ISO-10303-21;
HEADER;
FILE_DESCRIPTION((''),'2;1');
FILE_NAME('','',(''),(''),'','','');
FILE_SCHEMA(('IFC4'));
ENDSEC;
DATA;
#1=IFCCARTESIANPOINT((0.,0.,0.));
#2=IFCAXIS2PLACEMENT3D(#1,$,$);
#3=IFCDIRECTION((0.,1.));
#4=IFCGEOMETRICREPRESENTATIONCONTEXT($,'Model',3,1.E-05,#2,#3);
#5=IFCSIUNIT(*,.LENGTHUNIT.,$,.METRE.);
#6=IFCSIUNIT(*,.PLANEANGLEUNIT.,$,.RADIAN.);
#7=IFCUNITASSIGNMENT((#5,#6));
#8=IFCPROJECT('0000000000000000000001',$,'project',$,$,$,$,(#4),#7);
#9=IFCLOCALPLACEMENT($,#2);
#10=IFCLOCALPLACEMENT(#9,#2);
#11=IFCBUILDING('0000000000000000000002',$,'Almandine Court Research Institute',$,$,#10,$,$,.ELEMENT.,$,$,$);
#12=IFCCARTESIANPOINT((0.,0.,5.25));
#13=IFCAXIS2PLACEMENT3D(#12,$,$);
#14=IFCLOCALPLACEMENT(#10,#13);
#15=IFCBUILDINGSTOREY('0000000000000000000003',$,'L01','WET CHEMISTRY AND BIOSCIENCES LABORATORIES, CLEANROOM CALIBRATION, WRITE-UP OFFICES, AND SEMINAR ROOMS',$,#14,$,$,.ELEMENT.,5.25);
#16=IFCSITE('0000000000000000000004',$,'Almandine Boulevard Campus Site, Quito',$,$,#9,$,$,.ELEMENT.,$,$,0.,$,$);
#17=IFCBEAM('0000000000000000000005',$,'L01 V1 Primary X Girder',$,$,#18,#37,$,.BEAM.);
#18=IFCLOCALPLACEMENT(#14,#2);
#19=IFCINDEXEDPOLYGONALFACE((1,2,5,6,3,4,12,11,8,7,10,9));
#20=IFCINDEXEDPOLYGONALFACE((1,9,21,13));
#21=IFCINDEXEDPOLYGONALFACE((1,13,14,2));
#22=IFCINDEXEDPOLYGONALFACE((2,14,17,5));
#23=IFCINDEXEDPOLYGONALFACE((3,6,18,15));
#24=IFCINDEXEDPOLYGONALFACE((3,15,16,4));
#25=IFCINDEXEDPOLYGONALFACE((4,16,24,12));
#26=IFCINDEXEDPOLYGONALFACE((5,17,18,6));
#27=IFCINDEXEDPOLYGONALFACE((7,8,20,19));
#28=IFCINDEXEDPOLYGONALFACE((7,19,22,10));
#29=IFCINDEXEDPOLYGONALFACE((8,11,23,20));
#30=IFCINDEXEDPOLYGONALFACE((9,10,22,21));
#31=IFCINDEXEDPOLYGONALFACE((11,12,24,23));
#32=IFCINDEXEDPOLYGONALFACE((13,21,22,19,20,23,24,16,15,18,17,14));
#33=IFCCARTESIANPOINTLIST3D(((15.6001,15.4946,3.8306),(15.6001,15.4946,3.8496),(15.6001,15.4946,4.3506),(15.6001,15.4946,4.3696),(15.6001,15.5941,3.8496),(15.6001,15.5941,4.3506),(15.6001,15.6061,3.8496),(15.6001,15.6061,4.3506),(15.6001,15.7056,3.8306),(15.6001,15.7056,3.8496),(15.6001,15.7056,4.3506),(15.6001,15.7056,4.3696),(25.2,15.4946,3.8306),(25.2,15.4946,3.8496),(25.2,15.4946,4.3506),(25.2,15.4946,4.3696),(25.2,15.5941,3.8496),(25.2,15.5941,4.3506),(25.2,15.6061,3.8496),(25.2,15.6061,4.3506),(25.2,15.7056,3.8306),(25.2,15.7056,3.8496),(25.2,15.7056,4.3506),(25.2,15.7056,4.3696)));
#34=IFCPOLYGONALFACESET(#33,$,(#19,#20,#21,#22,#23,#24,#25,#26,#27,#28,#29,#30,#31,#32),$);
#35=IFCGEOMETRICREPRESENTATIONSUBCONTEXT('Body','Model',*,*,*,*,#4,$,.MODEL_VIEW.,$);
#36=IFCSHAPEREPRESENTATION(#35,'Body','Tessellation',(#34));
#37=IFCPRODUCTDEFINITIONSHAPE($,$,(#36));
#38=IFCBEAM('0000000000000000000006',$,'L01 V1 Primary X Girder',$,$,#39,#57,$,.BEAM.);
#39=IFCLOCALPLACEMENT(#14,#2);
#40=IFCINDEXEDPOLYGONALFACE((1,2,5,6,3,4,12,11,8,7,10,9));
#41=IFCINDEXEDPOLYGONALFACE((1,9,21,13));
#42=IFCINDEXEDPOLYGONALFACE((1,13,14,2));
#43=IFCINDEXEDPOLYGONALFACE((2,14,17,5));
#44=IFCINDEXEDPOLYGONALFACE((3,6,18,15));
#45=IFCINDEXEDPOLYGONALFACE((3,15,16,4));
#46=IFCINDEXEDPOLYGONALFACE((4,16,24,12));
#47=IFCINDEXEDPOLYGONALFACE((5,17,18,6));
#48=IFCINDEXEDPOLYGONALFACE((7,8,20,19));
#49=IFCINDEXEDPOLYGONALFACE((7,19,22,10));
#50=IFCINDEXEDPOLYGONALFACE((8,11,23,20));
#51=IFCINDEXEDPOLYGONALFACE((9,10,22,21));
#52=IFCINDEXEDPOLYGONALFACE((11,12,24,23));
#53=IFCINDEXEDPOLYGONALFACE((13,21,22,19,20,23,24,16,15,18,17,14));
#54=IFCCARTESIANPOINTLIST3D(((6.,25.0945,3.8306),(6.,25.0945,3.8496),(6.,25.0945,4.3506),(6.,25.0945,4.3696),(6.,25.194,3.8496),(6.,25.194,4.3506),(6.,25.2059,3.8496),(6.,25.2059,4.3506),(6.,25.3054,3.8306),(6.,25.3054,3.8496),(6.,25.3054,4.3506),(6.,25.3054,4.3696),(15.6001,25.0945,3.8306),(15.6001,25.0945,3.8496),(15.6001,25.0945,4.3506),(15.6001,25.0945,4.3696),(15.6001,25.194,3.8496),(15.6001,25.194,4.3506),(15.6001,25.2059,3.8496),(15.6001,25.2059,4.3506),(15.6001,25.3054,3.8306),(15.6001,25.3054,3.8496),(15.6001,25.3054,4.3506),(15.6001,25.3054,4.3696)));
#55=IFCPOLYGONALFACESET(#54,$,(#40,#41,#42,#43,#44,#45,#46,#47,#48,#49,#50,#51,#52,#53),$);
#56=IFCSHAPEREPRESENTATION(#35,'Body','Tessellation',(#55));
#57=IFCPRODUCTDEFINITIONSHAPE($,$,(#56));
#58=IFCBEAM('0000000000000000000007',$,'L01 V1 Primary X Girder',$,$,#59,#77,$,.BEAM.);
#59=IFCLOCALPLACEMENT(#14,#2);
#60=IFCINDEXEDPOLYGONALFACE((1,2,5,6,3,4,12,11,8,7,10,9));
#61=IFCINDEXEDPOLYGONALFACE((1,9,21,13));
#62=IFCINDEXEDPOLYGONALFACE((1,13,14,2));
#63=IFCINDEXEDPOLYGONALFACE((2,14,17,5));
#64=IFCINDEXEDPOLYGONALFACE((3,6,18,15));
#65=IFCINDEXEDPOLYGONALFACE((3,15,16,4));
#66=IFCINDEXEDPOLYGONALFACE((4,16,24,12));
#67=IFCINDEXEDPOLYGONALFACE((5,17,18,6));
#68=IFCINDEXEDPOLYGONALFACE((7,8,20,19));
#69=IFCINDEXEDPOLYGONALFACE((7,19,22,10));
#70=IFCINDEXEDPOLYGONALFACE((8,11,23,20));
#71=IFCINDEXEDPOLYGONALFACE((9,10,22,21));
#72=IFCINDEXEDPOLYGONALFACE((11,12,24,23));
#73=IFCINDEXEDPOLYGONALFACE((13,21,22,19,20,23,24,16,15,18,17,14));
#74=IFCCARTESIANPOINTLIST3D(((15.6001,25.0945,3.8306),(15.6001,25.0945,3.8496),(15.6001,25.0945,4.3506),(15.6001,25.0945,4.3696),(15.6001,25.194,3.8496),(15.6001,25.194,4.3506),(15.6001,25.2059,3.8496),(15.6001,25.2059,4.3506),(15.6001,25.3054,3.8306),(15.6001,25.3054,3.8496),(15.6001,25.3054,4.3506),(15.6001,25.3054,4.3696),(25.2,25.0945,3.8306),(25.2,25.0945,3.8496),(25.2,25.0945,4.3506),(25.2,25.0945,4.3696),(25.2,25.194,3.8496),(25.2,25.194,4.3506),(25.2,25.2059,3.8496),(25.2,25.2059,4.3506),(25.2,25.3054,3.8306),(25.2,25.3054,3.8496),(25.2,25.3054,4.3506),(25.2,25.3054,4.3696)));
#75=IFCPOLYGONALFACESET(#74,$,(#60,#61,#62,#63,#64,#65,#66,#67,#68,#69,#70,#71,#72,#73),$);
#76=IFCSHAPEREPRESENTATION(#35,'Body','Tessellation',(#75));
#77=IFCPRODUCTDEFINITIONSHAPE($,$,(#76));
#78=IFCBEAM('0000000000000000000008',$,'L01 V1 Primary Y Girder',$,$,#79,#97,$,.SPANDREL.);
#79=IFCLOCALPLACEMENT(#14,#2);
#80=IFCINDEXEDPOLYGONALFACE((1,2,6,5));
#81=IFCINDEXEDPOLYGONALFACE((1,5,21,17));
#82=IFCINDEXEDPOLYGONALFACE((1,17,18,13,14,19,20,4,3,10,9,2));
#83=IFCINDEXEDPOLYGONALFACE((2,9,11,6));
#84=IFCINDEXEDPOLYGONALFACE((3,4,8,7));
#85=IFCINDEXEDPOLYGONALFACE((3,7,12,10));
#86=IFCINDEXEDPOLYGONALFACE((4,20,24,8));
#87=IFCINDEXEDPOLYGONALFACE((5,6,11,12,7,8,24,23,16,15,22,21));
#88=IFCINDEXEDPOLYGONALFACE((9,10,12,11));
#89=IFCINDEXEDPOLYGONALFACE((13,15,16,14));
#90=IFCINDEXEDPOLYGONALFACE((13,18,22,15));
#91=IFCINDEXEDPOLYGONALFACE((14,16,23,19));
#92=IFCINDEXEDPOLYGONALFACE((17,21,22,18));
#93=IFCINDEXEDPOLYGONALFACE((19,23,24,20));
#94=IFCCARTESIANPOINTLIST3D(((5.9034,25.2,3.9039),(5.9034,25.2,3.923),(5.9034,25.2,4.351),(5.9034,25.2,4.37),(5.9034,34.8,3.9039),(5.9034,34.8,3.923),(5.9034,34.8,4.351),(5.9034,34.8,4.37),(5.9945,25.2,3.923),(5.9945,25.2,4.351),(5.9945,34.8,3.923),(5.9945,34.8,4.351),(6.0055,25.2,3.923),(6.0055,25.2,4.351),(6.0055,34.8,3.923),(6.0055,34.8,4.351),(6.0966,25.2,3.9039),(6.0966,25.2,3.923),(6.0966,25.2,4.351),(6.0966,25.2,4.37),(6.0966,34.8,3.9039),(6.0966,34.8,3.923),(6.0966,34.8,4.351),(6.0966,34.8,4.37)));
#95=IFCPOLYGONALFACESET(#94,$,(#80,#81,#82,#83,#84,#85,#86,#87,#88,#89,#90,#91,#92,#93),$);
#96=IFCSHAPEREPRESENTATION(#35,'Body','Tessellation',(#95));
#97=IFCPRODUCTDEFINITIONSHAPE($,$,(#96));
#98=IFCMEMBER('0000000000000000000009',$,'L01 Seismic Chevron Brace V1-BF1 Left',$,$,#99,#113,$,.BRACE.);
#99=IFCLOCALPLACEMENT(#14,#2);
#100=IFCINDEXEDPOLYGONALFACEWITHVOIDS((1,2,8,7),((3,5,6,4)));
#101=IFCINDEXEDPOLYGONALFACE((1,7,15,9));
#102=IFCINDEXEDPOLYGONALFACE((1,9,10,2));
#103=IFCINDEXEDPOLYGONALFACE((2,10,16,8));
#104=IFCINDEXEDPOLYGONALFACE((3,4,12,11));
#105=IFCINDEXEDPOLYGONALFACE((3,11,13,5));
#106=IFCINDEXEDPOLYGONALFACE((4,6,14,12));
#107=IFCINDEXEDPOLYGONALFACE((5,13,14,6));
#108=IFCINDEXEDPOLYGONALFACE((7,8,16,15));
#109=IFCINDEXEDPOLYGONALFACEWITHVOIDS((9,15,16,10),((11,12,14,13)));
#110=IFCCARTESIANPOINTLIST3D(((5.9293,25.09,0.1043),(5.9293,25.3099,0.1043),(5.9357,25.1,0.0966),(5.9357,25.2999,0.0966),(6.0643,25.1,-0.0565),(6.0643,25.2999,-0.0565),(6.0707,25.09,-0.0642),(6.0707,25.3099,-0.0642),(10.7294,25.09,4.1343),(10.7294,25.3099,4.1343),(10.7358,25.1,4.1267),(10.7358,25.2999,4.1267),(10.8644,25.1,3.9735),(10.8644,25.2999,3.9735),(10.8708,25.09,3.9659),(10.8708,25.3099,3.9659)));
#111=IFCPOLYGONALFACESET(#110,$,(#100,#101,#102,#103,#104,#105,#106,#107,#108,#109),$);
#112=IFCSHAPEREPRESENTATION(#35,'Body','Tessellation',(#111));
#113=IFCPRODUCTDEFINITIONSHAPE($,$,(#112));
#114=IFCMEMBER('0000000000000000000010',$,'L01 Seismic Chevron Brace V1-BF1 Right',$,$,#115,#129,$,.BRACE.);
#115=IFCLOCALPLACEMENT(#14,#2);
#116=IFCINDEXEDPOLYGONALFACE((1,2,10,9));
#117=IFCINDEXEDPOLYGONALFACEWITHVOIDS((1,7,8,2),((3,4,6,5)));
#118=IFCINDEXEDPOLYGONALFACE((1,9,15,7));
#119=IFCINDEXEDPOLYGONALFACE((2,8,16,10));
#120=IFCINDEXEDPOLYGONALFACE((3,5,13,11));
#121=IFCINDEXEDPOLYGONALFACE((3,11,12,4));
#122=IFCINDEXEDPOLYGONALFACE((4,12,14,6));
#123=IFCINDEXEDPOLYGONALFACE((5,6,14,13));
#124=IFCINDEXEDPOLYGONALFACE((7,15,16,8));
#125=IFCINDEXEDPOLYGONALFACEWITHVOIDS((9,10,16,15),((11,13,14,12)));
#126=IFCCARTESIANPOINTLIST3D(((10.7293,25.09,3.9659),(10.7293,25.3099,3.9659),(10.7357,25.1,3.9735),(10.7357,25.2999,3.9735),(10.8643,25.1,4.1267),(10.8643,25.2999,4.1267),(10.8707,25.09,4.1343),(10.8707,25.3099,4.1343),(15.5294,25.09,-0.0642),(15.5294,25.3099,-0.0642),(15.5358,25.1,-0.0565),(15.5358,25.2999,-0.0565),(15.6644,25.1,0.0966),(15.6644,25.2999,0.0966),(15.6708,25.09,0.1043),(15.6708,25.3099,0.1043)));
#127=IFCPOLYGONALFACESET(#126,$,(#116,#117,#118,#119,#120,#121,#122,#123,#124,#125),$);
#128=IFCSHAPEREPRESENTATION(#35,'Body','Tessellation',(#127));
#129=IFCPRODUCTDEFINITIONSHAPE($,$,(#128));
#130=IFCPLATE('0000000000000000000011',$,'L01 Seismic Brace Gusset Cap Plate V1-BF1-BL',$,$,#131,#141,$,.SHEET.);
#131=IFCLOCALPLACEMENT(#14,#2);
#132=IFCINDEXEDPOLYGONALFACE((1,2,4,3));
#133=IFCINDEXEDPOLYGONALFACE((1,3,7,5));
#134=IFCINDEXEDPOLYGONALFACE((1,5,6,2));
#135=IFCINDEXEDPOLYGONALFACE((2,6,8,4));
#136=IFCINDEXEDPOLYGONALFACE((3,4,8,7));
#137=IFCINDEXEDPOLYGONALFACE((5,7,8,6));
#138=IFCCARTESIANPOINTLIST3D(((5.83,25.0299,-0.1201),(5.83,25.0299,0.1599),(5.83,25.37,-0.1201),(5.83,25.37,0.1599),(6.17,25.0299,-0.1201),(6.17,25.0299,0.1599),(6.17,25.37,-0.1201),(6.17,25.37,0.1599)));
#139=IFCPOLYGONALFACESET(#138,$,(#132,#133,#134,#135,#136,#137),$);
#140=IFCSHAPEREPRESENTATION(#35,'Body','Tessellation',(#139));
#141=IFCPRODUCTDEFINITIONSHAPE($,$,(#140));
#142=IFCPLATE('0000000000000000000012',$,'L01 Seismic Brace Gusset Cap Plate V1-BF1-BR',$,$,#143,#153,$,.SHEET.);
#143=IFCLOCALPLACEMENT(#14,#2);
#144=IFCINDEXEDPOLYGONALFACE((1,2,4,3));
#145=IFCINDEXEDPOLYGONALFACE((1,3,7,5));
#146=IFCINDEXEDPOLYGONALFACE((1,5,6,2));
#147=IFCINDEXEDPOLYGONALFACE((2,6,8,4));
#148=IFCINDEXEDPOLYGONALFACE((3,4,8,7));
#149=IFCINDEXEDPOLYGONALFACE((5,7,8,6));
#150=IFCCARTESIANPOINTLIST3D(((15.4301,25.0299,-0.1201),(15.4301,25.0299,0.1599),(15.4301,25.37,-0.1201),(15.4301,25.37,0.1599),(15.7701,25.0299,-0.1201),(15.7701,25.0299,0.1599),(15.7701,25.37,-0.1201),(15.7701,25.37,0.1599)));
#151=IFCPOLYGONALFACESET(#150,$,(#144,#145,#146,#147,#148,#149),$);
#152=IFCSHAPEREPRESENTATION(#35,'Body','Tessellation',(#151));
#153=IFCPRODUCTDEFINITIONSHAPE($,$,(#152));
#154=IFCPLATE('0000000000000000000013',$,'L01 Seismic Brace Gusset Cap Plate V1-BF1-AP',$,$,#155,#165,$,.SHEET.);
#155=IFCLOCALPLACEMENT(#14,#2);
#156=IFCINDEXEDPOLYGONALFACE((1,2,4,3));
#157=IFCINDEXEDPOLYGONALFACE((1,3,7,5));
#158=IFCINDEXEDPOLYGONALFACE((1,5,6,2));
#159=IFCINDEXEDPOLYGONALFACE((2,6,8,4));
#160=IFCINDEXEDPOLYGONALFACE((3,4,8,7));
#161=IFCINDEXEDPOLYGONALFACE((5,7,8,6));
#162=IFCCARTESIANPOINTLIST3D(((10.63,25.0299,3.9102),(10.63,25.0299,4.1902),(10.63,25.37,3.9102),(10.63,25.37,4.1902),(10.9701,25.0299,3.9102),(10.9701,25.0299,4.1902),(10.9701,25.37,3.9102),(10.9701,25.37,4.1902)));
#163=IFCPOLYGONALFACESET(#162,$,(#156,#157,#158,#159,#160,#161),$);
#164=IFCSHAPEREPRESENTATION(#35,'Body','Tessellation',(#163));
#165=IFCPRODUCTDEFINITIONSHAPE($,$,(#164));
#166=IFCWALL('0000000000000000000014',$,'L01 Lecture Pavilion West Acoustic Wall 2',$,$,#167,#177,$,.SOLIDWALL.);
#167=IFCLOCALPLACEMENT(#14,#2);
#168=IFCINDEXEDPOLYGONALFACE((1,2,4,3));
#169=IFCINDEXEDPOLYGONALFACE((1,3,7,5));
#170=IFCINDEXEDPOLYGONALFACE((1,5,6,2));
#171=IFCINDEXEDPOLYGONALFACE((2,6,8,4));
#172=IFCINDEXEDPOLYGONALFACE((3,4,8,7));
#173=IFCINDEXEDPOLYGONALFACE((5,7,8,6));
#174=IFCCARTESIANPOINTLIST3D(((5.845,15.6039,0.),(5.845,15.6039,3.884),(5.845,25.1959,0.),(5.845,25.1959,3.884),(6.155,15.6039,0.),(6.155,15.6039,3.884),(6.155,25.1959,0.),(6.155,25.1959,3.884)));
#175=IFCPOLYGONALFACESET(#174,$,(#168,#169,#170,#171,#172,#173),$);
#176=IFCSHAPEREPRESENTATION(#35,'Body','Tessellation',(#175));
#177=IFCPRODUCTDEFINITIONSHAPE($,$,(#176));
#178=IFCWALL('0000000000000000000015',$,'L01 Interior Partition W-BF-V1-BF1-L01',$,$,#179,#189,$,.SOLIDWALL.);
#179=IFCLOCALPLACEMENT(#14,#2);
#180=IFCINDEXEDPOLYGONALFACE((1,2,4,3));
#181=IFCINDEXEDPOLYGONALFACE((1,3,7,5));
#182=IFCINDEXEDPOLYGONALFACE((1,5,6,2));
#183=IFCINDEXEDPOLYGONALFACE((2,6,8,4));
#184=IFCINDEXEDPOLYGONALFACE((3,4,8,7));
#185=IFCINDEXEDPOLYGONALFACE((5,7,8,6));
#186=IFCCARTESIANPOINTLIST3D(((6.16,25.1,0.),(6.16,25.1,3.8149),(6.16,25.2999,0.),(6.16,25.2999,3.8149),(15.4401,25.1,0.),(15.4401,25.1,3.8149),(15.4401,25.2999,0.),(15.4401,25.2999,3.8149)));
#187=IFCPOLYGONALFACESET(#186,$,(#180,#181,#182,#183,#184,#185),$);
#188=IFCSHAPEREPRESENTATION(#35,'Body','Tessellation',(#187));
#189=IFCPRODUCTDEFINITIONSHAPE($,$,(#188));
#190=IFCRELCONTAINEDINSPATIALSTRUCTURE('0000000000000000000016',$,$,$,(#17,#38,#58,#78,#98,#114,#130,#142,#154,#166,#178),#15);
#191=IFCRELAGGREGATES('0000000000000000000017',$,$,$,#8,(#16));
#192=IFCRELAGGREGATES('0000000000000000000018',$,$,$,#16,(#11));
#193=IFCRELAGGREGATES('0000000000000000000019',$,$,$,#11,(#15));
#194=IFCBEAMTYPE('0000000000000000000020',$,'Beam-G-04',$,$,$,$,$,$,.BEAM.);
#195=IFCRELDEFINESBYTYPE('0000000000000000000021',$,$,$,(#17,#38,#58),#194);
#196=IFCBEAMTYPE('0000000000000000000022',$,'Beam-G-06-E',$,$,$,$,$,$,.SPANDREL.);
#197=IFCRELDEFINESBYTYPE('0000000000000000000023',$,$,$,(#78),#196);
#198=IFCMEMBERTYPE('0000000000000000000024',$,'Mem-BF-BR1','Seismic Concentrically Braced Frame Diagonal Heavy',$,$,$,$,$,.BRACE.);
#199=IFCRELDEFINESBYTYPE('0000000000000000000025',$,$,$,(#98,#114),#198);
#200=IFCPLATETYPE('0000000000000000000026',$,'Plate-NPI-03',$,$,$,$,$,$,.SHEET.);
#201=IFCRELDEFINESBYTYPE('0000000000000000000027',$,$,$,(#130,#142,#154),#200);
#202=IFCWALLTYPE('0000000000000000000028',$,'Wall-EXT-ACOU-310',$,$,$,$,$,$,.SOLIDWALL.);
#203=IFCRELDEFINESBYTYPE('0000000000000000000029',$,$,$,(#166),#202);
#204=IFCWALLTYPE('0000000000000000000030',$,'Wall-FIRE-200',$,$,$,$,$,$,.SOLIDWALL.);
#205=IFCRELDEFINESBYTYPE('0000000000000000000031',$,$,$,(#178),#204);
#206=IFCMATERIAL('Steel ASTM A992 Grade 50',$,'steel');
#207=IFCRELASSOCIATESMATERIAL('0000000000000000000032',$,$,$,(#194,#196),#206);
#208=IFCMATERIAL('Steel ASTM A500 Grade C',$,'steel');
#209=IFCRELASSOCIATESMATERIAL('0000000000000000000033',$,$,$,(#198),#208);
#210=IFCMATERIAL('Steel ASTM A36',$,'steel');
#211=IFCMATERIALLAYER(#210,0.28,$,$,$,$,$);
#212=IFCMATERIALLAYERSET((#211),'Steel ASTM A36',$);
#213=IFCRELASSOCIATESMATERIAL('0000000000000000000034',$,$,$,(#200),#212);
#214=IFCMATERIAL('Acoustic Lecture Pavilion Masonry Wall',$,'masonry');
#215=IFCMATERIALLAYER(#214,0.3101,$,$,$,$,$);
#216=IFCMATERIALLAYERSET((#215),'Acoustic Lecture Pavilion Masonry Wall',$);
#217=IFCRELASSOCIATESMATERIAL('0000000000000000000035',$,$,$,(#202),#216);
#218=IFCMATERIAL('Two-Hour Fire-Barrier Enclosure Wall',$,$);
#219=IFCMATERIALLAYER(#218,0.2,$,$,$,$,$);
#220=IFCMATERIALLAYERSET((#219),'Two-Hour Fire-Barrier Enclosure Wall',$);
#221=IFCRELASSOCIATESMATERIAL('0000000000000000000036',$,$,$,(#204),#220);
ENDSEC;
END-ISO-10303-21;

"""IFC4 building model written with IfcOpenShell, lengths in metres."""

from ifc_helpers import new_model, si_unit, direction, frame, frame_2d, origin, origin_2d, place, context, subcontext, project, spatial, rectangle, hollow_rectangle, i_section, extrude, material, layer, layer_set, material_profile, profile_set, type_object, element, save


model = new_model("IFC4")

# Units and contexts
model_context = context("Model", 3, precision=1e-05, world=origin(), true_north=direction((0.0, 1.0)))
body_context = subcontext(model_context, "Body", "Model", "MODEL_VIEW")
ifc_project = project(units=[si_unit("LENGTHUNIT", "METRE"), si_unit("PLANEANGLEUNIT", "RADIAN")], contexts=[model_context])

# Site, building, storey
site_placement = place(None, origin())
site = spatial("IfcSite", under=ifc_project, at=site_placement, Name="Almandine Boulevard Campus Site, Quito", CompositionType="ELEMENT", RefElevation=0.0)
building_placement = place(site_placement, origin())
building = spatial("IfcBuilding", under=site, at=building_placement, Name="Almandine Court Research Institute", CompositionType="ELEMENT")
storey_placement = place(building_placement, frame((0.0, 0.0, 5.25)))
storey = spatial("IfcBuildingStorey", under=building, at=storey_placement, Name="L01", Description="WET CHEMISTRY AND BIOSCIENCES LABORATORIES, CLEANROOM CALIBRATION, WRITE-UP OFFICES, AND SEMINAR ROOMS", CompositionType="ELEMENT", Elevation=5.25)

# Shared definitions
ifc_material_1 = material(Name="Steel ASTM A992 Grade 50", Category="steel")

# Beams
ifc_material_profile_1 = material_profile(ifc_material_1, i_section(OverallWidth=0.2109, OverallDepth=0.5391, WebThickness=0.012, FlangeThickness=0.019, at=origin_2d()), Name="W530x109")
ifc_profile_set_1 = profile_set([ifc_material_profile_1], Name="Steel ASTM A992 Grade 50")
beam_type_1 = type_object("IfcBeamType", Name="Beam-G-04", PredefinedType="BEAM", material=ifc_profile_set_1)
beam_1_placement = place(storey_placement, frame((15.6001, 15.6001, 4.1001), z_axis=(1.0, 0.0, 0.0), x_axis=(0.0, 1.0, 0.0)))
element("IfcBeam", 1, at=beam_1_placement, inside=storey, type_object=beam_type_1, Name="L01 V1 Primary X Girder", PredefinedType="BEAM", context=body_context, shape_type="SweptSolid", body=[
    extrude(i_section(OverallWidth=0.2109, OverallDepth=0.5391, WebThickness=0.012, FlangeThickness=0.019, at=origin_2d()), origin(), (0.0, 0.0, 1.0), 9.5999),
])
beam_2_placement = place(storey_placement, frame((6.0, 25.2, 4.1001), z_axis=(1.0, 0.0, 0.0), x_axis=(0.0, 1.0, 0.0)))
element("IfcBeam", 2, at=beam_2_placement, inside=storey, type_object=beam_type_1, Name="L01 V1 Primary X Girder", PredefinedType="BEAM", context=body_context, shape_type="SweptSolid", body=[
    extrude(i_section(OverallWidth=0.2109, OverallDepth=0.5391, WebThickness=0.012, FlangeThickness=0.019, at=origin_2d()), origin(), (0.0, 0.0, 1.0), 9.6001),
])
beam_3_placement = place(storey_placement, frame((15.6001, 25.2, 4.1001), z_axis=(1.0, 0.0, 0.0), x_axis=(0.0, 1.0, 0.0)))
element("IfcBeam", 3, at=beam_3_placement, inside=storey, type_object=beam_type_1, Name="L01 V1 Primary X Girder", PredefinedType="BEAM", context=body_context, shape_type="SweptSolid", body=[
    extrude(i_section(OverallWidth=0.2109, OverallDepth=0.5391, WebThickness=0.012, FlangeThickness=0.019, at=origin_2d()), origin(), (0.0, 0.0, 1.0), 9.5999),
])
ifc_material_profile_2 = material_profile(ifc_material_1, i_section(OverallWidth=0.1931, OverallDepth=0.4661, WebThickness=0.011, FlangeThickness=0.019, at=origin_2d()), Name="W460x97")
ifc_profile_set_2 = profile_set([ifc_material_profile_2], Name="Steel ASTM A992 Grade 50")
beam_type_2 = type_object("IfcBeamType", Name="Beam-G-06-E", PredefinedType="SPANDREL", material=ifc_profile_set_2)
beam_4_placement = place(storey_placement, frame((6.0, 25.2, 4.137), z_axis=(0.0, 1.0, 0.0), x_axis=(-1.0, 0.0, 0.0)))
element("IfcBeam", 4, at=beam_4_placement, inside=storey, type_object=beam_type_2, Name="L01 V1 Primary Y Girder", PredefinedType="SPANDREL", context=body_context, shape_type="SweptSolid", body=[
    extrude(i_section(OverallWidth=0.1931, OverallDepth=0.4661, WebThickness=0.011, FlangeThickness=0.019, at=origin_2d()), origin(), (0.0, 0.0, 1.0), 9.6001),
])

# Members
ifc_material_2 = material(Name="Steel ASTM A500 Grade C", Category="steel")
ifc_material_profile_3 = material_profile(ifc_material_2, hollow_rectangle(XDim=0.22, YDim=0.22, WallThickness=0.01, at=origin_2d()), Name="HSS 220x220x10")
ifc_profile_set_3 = profile_set([ifc_material_profile_3], Name="Steel ASTM A500 Grade C")
member_type = type_object("IfcMemberType", Name="Mem-BF-BR1", Description="Seismic Concentrically Braced Frame Diagonal Heavy", PredefinedType="BRACE", material=ifc_profile_set_3)
for number, where, z_axis, x_axis, name in (
    (5, (6.0, 25.2, 0.02), (0.765863, 0.0, 0.643004), (0.0, 1.0, 0.0), "L01 Seismic Chevron Brace V1-BF1 Left"),
    (6, (15.6001, 25.2, 0.02), (-0.765863, 0.0, 0.643004), (0.0, -1.0, 0.0), "L01 Seismic Chevron Brace V1-BF1 Right"),
):
    element("IfcMember", number, at=place(storey_placement, frame(where, z_axis=z_axis, x_axis=x_axis)), inside=storey, type_object=member_type, Name=name, PredefinedType="BRACE", context=body_context, shape_type="SweptSolid", body=[
        extrude(hollow_rectangle(XDim=0.22, YDim=0.22, WallThickness=0.01, at=origin_2d()), origin(), (0.0, 0.0, 1.0), 6.2676),
    ])

# Plates
ifc_material_3 = material(Name="Steel ASTM A36", Category="steel")
ifc_layer_1 = layer(ifc_material_3, 0.28)
ifc_layer_set_1 = layer_set([ifc_layer_1], Name="Steel ASTM A36")
plate_type = type_object("IfcPlateType", Name="Plate-NPI-03", PredefinedType="SHEET", material=ifc_layer_set_1)
for number, where, z_axis, x_axis, name in (
    (7, (6.0, 25.2, -0.1201), (0.0, 0.0, 1.0), (1.0, 0.0, 0.0), "L01 Seismic Brace Gusset Cap Plate V1-BF1-BL"),
    (8, (15.6001, 25.2, -0.1201), (0.0, 0.0, 1.0), (1.0, 0.0, 0.0), "L01 Seismic Brace Gusset Cap Plate V1-BF1-BR"),
    (9, (10.8, 25.2, 3.9102), (0.0, 0.0, 1.0), (1.0, 0.0, 0.0), "L01 Seismic Brace Gusset Cap Plate V1-BF1-AP"),
):
    element("IfcPlate", number, at=place(storey_placement, frame(where, z_axis=z_axis, x_axis=x_axis)), inside=storey, type_object=plate_type, Name=name, PredefinedType="SHEET", context=body_context, shape_type="SweptSolid", body=[
        extrude(rectangle(XDim=0.3401, YDim=0.3401, at=origin_2d()), origin(), (0.0, 0.0, 1.0), 0.28),
    ])

# Walls
ifc_material_4 = material(Name="Acoustic Lecture Pavilion Masonry Wall", Category="masonry")
ifc_layer_2 = layer(ifc_material_4, 0.3101)
ifc_layer_set_2 = layer_set([ifc_layer_2], Name="Acoustic Lecture Pavilion Masonry Wall")
wall_type_1 = type_object("IfcWallType", Name="Wall-EXT-ACOU-310", PredefinedType="SOLIDWALL", material=ifc_layer_set_2)
wall_1_placement = place(storey_placement, frame((6.0, 15.604, 0.0), z_axis=(0.0, 0.0, 1.0), x_axis=(0.0, 1.0, 0.0)))
element("IfcWall", 10, at=wall_1_placement, inside=storey, type_object=wall_type_1, Name="L01 Lecture Pavilion West Acoustic Wall 2", PredefinedType="SOLIDWALL", context=body_context, shape_type="SweptSolid", body=[
    extrude(rectangle(XDim=9.592, YDim=0.3101, at=frame_2d((4.7959, 0.0))), origin(), (0.0, 0.0, 1.0), 3.884),
])
ifc_material_5 = material(Name="Two-Hour Fire-Barrier Enclosure Wall")
ifc_layer_3 = layer(ifc_material_5, 0.2)
ifc_layer_set_3 = layer_set([ifc_layer_3], Name="Two-Hour Fire-Barrier Enclosure Wall")
wall_type_2 = type_object("IfcWallType", Name="Wall-FIRE-200", PredefinedType="SOLIDWALL", material=ifc_layer_set_3)
wall_2_placement = place(storey_placement, frame((6.1599, 25.2, 0.0), z_axis=(0.0, 0.0, 1.0), x_axis=(1.0, 0.0, 0.0)))
element("IfcWall", 11, at=wall_2_placement, inside=storey, type_object=wall_type_2, Name="L01 Interior Partition W-BF-V1-BF1-L01", PredefinedType="SOLIDWALL", context=body_context, shape_type="SweptSolid", body=[
    extrude(rectangle(XDim=9.28, YDim=0.2, at=frame_2d((4.6401, 0.0))), origin(), (0.0, 0.0, 1.0), 3.8149),
])

save(model, "model.ifc")
